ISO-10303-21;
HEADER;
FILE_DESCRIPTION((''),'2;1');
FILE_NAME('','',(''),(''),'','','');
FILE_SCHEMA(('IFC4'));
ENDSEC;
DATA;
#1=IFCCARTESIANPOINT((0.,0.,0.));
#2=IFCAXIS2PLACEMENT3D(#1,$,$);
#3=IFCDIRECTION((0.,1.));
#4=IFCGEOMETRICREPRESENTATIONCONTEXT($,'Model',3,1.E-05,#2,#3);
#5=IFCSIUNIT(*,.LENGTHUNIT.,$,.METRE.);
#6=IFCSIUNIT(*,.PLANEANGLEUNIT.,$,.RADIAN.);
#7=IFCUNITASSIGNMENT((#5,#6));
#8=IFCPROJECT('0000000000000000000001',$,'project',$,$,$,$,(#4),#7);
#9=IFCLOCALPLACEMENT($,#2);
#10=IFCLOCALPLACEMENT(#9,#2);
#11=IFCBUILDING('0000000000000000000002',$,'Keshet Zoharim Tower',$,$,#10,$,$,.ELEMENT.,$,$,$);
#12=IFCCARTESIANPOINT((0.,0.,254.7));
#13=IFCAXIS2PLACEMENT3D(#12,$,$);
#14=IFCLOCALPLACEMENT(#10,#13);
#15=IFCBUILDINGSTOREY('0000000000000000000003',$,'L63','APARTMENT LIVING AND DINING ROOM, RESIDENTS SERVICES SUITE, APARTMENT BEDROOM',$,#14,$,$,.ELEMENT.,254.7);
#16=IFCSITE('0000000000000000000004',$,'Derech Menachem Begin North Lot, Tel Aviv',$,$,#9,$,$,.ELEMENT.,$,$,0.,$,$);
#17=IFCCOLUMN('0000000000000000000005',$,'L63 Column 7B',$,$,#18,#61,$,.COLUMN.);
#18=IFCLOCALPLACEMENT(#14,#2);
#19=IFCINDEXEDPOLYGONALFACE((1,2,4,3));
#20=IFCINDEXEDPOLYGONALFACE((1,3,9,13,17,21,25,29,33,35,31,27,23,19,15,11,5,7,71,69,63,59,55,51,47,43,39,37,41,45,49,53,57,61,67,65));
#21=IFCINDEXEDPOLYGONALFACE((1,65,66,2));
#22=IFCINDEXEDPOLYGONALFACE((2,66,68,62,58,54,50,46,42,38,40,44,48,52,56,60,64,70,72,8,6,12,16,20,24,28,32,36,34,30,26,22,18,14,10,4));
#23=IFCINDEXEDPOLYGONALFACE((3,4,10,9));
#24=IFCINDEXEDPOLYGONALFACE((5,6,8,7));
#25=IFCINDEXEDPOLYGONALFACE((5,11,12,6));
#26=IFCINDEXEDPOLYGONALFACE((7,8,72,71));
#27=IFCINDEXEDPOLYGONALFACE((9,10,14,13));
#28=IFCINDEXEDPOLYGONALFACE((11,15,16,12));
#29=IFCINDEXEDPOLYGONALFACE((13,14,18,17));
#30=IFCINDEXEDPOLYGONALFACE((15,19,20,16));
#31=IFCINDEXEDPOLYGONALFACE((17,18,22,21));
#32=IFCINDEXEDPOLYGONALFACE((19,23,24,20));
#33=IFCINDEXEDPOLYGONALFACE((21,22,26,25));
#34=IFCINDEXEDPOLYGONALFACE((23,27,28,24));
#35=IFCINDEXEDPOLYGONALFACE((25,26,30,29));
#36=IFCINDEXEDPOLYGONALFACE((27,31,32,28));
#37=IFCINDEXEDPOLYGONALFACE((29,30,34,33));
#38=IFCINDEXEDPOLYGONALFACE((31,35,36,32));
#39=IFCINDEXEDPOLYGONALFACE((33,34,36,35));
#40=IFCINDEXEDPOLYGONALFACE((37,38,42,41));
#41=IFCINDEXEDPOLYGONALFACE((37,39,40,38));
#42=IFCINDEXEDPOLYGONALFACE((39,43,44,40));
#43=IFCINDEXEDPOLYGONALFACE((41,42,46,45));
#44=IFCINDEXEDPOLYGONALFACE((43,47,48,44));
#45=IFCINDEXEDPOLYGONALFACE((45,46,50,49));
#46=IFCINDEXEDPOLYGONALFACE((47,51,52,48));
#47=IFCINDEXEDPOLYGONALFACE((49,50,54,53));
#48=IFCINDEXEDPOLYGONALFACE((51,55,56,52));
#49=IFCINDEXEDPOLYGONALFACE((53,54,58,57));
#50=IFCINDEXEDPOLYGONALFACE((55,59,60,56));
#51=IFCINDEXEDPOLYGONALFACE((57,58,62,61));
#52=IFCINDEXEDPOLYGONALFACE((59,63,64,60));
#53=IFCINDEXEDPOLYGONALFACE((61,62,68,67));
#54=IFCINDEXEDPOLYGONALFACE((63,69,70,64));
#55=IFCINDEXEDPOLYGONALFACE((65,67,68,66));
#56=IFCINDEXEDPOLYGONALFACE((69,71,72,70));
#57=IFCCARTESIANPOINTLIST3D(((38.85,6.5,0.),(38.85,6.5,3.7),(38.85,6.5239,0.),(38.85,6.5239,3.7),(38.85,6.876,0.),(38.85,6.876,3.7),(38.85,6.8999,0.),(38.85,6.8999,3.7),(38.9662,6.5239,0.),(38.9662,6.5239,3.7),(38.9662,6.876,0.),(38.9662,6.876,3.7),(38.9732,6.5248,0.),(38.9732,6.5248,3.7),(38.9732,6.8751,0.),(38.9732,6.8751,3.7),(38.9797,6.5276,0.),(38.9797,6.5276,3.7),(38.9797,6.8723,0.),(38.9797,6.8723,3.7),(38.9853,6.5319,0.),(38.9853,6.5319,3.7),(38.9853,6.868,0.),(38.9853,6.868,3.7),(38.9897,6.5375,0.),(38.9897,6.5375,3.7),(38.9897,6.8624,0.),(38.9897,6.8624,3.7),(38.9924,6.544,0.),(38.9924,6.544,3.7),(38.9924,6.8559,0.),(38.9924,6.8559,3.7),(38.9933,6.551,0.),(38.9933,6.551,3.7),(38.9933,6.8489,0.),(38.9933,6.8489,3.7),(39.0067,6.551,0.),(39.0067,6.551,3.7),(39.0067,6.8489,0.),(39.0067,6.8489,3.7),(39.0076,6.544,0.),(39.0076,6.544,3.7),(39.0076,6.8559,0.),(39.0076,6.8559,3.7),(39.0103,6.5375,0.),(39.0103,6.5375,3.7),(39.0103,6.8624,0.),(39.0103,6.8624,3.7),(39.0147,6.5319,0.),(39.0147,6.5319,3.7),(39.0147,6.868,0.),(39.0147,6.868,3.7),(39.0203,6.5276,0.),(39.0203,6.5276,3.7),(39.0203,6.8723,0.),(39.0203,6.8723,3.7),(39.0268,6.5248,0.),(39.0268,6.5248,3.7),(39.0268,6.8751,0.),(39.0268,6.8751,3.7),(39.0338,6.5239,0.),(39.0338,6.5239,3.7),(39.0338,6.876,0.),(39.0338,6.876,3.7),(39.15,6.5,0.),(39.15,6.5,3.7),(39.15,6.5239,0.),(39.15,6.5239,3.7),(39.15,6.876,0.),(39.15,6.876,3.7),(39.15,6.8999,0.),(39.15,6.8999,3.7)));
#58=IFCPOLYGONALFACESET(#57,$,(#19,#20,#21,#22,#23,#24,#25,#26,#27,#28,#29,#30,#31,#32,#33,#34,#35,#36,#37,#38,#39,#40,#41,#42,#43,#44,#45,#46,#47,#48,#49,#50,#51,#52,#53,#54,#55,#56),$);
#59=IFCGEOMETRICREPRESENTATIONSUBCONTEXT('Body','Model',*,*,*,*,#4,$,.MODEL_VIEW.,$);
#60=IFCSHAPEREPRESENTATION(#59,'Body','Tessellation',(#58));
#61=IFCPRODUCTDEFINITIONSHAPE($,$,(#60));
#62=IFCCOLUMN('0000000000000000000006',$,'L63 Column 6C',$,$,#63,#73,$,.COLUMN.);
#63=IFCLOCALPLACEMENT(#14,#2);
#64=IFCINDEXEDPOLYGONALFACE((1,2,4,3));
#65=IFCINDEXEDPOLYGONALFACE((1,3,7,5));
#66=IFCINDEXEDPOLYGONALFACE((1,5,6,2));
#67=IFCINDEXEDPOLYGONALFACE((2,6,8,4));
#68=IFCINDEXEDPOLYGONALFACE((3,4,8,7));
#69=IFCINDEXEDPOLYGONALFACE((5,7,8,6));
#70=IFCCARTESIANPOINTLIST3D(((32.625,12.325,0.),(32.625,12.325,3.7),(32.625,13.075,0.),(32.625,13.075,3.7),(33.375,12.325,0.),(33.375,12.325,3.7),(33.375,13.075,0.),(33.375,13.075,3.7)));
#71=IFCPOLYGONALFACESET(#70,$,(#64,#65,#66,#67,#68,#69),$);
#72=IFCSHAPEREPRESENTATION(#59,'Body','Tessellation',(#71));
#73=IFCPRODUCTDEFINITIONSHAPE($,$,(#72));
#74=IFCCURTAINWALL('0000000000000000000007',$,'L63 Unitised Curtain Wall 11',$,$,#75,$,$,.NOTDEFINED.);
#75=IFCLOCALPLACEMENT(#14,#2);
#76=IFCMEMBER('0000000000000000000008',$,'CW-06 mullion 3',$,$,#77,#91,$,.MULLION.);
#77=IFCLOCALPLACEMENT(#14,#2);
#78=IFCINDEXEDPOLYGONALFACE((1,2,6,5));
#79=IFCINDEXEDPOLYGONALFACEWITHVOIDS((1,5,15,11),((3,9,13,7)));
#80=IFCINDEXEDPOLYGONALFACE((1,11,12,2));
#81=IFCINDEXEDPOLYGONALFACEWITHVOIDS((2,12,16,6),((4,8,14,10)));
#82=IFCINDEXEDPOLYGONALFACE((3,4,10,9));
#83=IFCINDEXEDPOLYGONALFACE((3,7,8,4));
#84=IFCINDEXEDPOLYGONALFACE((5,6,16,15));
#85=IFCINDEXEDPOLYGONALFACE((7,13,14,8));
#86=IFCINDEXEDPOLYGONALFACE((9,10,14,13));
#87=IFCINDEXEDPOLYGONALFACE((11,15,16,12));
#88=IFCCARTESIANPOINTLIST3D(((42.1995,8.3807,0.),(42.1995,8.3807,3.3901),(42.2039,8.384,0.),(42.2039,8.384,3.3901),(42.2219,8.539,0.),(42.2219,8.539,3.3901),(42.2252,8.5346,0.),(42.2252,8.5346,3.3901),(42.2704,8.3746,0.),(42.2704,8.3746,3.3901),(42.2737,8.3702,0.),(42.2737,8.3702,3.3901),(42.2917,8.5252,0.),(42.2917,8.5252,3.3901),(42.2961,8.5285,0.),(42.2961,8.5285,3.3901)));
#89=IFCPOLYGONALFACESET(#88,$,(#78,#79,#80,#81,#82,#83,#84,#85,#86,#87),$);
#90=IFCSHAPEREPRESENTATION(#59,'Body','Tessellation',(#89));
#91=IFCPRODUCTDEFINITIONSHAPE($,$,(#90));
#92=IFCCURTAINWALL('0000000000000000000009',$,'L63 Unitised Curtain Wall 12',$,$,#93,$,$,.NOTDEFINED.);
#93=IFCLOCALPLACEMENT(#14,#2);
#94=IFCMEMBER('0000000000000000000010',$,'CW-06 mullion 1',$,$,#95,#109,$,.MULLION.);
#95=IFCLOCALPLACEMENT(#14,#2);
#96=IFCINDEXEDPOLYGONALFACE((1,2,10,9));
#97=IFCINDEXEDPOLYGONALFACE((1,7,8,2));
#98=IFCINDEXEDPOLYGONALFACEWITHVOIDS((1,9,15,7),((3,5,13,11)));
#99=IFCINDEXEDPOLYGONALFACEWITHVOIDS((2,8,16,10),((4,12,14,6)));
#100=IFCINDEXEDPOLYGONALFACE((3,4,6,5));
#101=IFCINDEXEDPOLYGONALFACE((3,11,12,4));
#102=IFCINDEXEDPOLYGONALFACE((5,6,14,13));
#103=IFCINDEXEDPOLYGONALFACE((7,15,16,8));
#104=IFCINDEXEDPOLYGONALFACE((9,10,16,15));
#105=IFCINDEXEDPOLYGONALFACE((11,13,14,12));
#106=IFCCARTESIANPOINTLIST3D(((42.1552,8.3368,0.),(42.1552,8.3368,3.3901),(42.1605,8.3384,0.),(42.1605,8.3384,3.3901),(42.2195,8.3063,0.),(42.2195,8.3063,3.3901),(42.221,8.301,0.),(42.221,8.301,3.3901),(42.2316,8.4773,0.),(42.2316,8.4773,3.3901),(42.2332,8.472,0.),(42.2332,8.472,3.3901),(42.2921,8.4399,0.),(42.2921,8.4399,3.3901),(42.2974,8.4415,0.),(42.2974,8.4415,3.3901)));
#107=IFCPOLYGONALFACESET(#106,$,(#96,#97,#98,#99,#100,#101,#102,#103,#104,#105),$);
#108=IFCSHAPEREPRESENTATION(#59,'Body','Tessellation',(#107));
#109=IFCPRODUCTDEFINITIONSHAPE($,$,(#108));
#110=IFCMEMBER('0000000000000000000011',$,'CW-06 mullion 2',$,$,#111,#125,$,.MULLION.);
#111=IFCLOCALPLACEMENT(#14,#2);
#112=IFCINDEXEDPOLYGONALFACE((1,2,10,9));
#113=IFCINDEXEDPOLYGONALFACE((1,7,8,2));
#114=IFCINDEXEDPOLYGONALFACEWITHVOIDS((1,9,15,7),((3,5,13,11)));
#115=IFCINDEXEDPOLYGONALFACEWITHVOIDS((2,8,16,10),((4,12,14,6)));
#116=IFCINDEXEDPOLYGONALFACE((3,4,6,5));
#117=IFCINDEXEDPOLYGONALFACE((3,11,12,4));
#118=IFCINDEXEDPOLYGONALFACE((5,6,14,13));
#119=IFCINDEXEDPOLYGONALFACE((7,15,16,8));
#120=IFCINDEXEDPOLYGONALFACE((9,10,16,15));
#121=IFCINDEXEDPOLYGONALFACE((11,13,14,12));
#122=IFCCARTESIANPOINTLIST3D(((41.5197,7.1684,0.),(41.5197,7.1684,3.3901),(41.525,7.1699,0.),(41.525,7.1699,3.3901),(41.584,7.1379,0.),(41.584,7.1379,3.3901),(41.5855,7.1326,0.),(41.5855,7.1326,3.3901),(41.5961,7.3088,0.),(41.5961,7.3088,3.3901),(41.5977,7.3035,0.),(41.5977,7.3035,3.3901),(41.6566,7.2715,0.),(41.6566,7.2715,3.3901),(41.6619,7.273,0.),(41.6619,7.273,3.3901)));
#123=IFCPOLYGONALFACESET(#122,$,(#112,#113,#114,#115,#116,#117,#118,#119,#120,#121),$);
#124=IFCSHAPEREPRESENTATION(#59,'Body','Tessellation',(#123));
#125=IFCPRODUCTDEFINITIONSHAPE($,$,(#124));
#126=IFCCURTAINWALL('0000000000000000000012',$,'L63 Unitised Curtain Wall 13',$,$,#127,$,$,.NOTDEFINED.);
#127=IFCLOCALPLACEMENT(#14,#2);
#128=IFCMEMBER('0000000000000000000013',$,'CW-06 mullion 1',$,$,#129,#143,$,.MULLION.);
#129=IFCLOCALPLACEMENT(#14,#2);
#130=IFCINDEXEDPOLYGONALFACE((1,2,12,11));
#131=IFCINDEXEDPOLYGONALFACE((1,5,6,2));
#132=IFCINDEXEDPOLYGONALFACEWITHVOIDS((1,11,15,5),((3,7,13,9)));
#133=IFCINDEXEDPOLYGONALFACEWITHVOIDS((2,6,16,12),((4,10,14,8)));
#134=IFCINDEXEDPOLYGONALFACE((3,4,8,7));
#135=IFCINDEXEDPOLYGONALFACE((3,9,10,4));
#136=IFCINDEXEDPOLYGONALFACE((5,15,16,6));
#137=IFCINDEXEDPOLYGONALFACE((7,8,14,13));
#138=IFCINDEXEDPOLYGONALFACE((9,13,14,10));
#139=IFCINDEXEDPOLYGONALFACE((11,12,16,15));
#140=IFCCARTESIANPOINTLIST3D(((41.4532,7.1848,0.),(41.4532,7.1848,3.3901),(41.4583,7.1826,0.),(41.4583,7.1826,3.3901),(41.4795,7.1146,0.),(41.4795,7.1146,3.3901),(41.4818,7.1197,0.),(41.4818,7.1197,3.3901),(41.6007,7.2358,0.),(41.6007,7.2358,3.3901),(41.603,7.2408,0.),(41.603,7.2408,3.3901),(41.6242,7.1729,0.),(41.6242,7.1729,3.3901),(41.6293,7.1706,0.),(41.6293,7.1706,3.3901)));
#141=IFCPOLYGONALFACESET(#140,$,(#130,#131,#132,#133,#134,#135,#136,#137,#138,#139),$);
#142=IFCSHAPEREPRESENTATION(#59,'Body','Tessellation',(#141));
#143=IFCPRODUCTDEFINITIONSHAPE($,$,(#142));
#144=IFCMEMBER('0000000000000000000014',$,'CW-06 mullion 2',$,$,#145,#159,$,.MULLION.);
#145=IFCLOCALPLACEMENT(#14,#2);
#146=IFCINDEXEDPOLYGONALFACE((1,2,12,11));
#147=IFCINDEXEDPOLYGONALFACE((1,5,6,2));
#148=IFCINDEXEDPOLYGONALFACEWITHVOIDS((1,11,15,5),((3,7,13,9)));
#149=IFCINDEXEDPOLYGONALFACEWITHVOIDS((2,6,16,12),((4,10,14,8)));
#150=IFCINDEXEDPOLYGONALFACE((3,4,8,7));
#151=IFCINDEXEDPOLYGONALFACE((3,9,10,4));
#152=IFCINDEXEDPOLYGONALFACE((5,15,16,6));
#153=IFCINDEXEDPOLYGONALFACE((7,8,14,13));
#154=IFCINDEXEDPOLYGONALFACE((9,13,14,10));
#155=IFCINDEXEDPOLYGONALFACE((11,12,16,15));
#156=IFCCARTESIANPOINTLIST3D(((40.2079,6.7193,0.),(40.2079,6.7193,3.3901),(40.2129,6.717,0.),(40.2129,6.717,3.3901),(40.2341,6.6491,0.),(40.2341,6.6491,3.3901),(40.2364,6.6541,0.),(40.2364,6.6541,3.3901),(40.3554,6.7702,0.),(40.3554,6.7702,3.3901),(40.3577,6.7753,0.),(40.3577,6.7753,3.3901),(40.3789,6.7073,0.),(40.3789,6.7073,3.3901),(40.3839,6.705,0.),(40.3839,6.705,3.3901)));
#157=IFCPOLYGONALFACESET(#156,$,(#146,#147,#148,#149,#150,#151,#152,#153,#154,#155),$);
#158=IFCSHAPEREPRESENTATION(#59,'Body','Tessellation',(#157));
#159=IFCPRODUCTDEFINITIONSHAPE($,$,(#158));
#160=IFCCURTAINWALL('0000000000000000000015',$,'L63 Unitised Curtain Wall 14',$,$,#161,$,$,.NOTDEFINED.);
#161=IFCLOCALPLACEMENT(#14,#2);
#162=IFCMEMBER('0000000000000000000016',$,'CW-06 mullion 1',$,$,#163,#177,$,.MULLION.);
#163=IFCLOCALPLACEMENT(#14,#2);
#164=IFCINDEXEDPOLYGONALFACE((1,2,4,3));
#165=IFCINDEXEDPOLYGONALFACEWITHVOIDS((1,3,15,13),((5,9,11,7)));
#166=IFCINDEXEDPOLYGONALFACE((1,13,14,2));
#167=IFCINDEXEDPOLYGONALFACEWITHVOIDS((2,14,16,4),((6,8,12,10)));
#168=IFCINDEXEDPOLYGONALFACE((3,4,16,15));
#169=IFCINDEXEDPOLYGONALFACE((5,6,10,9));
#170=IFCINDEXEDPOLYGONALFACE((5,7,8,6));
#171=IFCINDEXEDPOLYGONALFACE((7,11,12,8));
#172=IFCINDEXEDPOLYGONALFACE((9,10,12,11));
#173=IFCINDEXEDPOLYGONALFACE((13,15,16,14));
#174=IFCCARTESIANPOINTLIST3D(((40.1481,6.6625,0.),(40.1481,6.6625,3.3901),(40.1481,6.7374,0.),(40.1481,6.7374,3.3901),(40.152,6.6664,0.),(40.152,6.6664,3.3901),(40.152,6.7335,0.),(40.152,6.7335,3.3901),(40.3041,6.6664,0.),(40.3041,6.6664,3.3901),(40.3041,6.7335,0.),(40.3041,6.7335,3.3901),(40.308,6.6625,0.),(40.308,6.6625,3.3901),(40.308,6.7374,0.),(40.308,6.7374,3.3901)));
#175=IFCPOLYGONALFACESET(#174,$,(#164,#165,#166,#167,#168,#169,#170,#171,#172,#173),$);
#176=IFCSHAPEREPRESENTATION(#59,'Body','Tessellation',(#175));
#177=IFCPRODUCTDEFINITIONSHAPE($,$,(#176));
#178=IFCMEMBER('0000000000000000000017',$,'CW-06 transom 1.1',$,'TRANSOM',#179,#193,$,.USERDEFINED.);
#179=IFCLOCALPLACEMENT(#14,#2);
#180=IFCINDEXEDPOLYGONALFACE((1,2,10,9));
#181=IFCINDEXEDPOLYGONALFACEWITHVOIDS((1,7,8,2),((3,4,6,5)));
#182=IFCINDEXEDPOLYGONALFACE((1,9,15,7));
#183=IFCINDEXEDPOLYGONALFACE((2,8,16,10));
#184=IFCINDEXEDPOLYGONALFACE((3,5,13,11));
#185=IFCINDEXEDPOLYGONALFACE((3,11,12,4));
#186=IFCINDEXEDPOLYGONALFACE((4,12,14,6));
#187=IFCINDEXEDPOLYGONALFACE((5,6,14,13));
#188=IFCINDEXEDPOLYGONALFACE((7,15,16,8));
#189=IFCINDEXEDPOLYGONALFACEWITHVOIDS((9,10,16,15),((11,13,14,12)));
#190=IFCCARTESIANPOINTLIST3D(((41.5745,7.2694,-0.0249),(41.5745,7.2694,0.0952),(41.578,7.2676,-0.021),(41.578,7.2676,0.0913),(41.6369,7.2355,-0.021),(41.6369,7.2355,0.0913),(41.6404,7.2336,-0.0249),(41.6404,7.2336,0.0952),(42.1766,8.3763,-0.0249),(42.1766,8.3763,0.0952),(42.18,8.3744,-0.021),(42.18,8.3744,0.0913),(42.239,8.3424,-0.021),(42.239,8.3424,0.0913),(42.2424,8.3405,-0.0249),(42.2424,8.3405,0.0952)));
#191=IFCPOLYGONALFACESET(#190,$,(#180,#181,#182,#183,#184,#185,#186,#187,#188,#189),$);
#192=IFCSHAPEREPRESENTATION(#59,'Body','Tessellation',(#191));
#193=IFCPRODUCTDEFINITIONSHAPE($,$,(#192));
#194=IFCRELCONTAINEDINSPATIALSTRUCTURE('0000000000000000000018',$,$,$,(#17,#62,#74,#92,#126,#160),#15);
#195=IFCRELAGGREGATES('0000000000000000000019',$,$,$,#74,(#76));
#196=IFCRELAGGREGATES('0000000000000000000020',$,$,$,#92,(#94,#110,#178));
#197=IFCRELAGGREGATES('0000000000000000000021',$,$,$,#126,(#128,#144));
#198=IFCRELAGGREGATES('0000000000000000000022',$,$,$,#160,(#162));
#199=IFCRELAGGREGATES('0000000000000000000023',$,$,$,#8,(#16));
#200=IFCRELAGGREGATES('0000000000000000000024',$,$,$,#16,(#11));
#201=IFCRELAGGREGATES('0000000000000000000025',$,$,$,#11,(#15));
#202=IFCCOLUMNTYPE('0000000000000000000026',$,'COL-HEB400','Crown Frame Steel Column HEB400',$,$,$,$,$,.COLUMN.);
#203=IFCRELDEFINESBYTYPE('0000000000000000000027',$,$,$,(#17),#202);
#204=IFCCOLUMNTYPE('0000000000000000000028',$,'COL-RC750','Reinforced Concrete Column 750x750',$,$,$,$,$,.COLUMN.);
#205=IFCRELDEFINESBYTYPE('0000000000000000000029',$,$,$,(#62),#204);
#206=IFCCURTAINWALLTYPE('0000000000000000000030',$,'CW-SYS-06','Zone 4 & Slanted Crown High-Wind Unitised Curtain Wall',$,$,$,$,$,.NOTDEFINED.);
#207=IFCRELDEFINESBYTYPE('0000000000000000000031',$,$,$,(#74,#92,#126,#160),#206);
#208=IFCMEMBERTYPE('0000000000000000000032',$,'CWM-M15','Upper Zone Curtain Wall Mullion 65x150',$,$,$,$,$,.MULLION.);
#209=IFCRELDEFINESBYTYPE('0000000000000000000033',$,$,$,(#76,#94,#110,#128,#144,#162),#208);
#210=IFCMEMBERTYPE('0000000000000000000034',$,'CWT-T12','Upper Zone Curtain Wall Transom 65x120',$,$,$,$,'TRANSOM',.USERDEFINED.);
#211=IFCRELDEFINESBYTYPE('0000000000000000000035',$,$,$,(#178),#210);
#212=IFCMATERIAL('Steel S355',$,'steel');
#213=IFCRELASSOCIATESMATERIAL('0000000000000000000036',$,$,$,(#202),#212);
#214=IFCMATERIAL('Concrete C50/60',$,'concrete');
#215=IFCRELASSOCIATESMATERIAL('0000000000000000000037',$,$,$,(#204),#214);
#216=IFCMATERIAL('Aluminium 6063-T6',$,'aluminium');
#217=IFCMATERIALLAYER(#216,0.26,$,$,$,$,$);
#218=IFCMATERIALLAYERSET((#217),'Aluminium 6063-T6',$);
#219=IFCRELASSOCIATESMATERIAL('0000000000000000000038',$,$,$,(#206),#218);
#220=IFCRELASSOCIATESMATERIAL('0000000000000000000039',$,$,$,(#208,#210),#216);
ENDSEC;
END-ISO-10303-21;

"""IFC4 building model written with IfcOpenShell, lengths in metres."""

from ifc_helpers import new_model, si_unit, direction, frame, origin, origin_2d, place, context, subcontext, project, spatial, rectangle, hollow_rectangle, i_section, extrude, material, layer, layer_set, material_profile, profile_set, type_object, element, aggregate, save


model = new_model("IFC4")

# Units and contexts
model_context = context("Model", 3, precision=1e-05, world=origin(), true_north=direction((0.0, 1.0)))
body_context = subcontext(model_context, "Body", "Model", "MODEL_VIEW")
ifc_project = project(units=[si_unit("LENGTHUNIT", "METRE"), si_unit("PLANEANGLEUNIT", "RADIAN")], contexts=[model_context])

# Site, building, storey
site_placement = place(None, origin())
site = spatial("IfcSite", under=ifc_project, at=site_placement, Name="Derech Menachem Begin North Lot, Tel Aviv", CompositionType="ELEMENT", RefElevation=0.0)
building_placement = place(site_placement, origin())
building = spatial("IfcBuilding", under=site, at=building_placement, Name="Keshet Zoharim Tower", CompositionType="ELEMENT")
storey_placement = place(building_placement, frame((0.0, 0.0, 254.7)))
storey = spatial("IfcBuildingStorey", under=building, at=storey_placement, Name="L63", Description="APARTMENT LIVING AND DINING ROOM, RESIDENTS SERVICES SUITE, APARTMENT BEDROOM", CompositionType="ELEMENT", Elevation=254.7)

# Columns
ifc_material_1 = material(Name="Steel S355", Category="steel")
ifc_material_profile_1 = material_profile(ifc_material_1, i_section(OverallWidth=0.3, OverallDepth=0.3999, WebThickness=0.0134, FlangeThickness=0.0239, FilletRadius=0.0271, at=origin_2d()), Name="HEB400")
ifc_profile_set_1 = profile_set([ifc_material_profile_1], Name="Steel S355")
column_type_1 = type_object("IfcColumnType", Name="COL-HEB400", Description="Crown Frame Steel Column HEB400", PredefinedType="COLUMN", material=ifc_profile_set_1)
column_1_placement = place(storey_placement, frame((39.0, 6.7, 0.0), z_axis=(0.0, 0.0, 1.0), x_axis=(1.0, 0.0, 0.0)))
element("IfcColumn", 1, at=column_1_placement, inside=storey, type_object=column_type_1, Name="L63 Column 7B", PredefinedType="COLUMN", context=body_context, shape_type="SweptSolid", body=[
    extrude(i_section(OverallWidth=0.3, OverallDepth=0.3999, WebThickness=0.0134, FlangeThickness=0.0239, FilletRadius=0.0271, at=origin_2d()), origin(), (0.0, 0.0, 1.0), 3.7),
])
ifc_material_2 = material(Name="Concrete C50/60", Category="concrete")
ifc_material_profile_2 = material_profile(ifc_material_2, rectangle(XDim=0.75, YDim=0.75, at=origin_2d()), Name="RC750x750")
ifc_profile_set_2 = profile_set([ifc_material_profile_2], Name="Concrete C50/60")
column_type_2 = type_object("IfcColumnType", Name="COL-RC750", Description="Reinforced Concrete Column 750x750", PredefinedType="COLUMN", material=ifc_profile_set_2)
column_2_placement = place(storey_placement, frame((33.0, 12.7, 0.0), z_axis=(0.0, 0.0, 1.0), x_axis=(1.0, 0.0, 0.0)))
element("IfcColumn", 2, at=column_2_placement, inside=storey, type_object=column_type_2, Name="L63 Column 6C", PredefinedType="COLUMN", context=body_context, shape_type="SweptSolid", body=[
    extrude(rectangle(XDim=0.75, YDim=0.75, at=origin_2d()), origin(), (0.0, 0.0, 1.0), 3.7),
])

# Curtain wall, member
ifc_material_3 = material(Name="Aluminium 6063-T6", Category="aluminium")
ifc_layer_1 = layer(ifc_material_3, 0.26)
ifc_layer_set_1 = layer_set([ifc_layer_1], Name="Aluminium 6063-T6")
curtain_wall_type = type_object("IfcCurtainWallType", Name="CW-SYS-06", Description="Zone 4 & Slanted Crown High-Wind Unitised Curtain Wall", PredefinedType="NOTDEFINED", material=ifc_layer_set_1)
curtain_wall_1_placement = place(storey_placement, origin())
curtain_wall_1 = element("IfcCurtainWall", 3, at=curtain_wall_1_placement, inside=storey, type_object=curtain_wall_type, Name="L63 Unitised Curtain Wall 11", PredefinedType="NOTDEFINED")
ifc_material_profile_3 = material_profile(ifc_material_3, hollow_rectangle(XDim=0.075, YDim=0.1599, WallThickness=0.0039, at=origin_2d()), Name="MUL-75x160")
ifc_profile_set_3 = profile_set([ifc_material_profile_3], Name="Aluminium 6063-T6")
member_type_1 = type_object("IfcMemberType", Name="CWM-M15", Description="Upper Zone Curtain Wall Mullion 65x150", PredefinedType="MULLION", material=ifc_profile_set_3)
member_1_placement = place(storey_placement, frame((42.2478, 8.4546, 0.0), z_axis=(0.0, 0.0, 1.0), x_axis=(0.990132, -0.140137, 0.0)))
member_1 = element("IfcMember", 4, at=member_1_placement, type_object=member_type_1, Name="CW-06 mullion 3", PredefinedType="MULLION", context=body_context, shape_type="SweptSolid", body=[
    extrude(hollow_rectangle(XDim=0.075, YDim=0.1599, WallThickness=0.0039, at=origin_2d()), origin(), (0.0, 0.0, 1.0), 3.3901),
])
aggregate(curtain_wall_1, [member_1])

# Curtain walls, members
curtain_wall_2_placement = place(storey_placement, origin())
curtain_wall_2 = element("IfcCurtainWall", 5, at=curtain_wall_2_placement, inside=storey, type_object=curtain_wall_type, Name="L63 Unitised Curtain Wall 12", PredefinedType="NOTDEFINED")
member_2_placement = place(storey_placement, frame((42.2263, 8.3892, 0.0), z_axis=(0.0, 0.0, 1.0), x_axis=(0.878468, -0.477801, 0.0)))
member_2 = element("IfcMember", 6, at=member_2_placement, type_object=member_type_1, Name="CW-06 mullion 1", PredefinedType="MULLION", context=body_context, shape_type="SweptSolid", body=[
    extrude(hollow_rectangle(XDim=0.075, YDim=0.1599, WallThickness=0.0039, at=origin_2d()), origin(), (0.0, 0.0, 1.0), 3.3901),
])
member_3_placement = place(storey_placement, frame((41.5908, 7.2207, 0.0), z_axis=(0.0, 0.0, 1.0), x_axis=(0.878468, -0.477801, 0.0)))
member_3 = element("IfcMember", 7, at=member_3_placement, type_object=member_type_1, Name="CW-06 mullion 2", PredefinedType="MULLION", context=body_context, shape_type="SweptSolid", body=[
    extrude(hollow_rectangle(XDim=0.075, YDim=0.1599, WallThickness=0.0039, at=origin_2d()), origin(), (0.0, 0.0, 1.0), 3.3901),
])
curtain_wall_3_placement = place(storey_placement, origin())
curtain_wall_3 = element("IfcCurtainWall", 8, at=curtain_wall_3_placement, inside=storey, type_object=curtain_wall_type, Name="L63 Unitised Curtain Wall 13", PredefinedType="NOTDEFINED")
member_4_placement = place(storey_placement, frame((41.5413, 7.1777, 0.0), z_axis=(0.0, 0.0, 1.0), x_axis=(0.350105, -0.93671, 0.0)))
member_4 = element("IfcMember", 9, at=member_4_placement, type_object=member_type_1, Name="CW-06 mullion 1", PredefinedType="MULLION", context=body_context, shape_type="SweptSolid", body=[
    extrude(hollow_rectangle(XDim=0.075, YDim=0.1599, WallThickness=0.0039, at=origin_2d()), origin(), (0.0, 0.0, 1.0), 3.3901),
])
member_5_placement = place(storey_placement, frame((40.2959, 6.7122, 0.0), z_axis=(0.0, 0.0, 1.0), x_axis=(0.350105, -0.93671, 0.0)))
member_5 = element("IfcMember", 10, at=member_5_placement, type_object=member_type_1, Name="CW-06 mullion 2", PredefinedType="MULLION", context=body_context, shape_type="SweptSolid", body=[
    extrude(hollow_rectangle(XDim=0.075, YDim=0.1599, WallThickness=0.0039, at=origin_2d()), origin(), (0.0, 0.0, 1.0), 3.3901),
])

# Curtain wall, member
curtain_wall_4_placement = place(storey_placement, origin())
curtain_wall_4 = element("IfcCurtainWall", 11, at=curtain_wall_4_placement, inside=storey, type_object=curtain_wall_type, Name="L63 Unitised Curtain Wall 14", PredefinedType="NOTDEFINED")
member_6_placement = place(storey_placement, frame((40.228, 6.7, 0.0), z_axis=(0.0, 0.0, 1.0), x_axis=(0.0, -1.0, 0.0)))
member_6 = element("IfcMember", 12, at=member_6_placement, type_object=member_type_1, Name="CW-06 mullion 1", PredefinedType="MULLION", context=body_context, shape_type="SweptSolid", body=[
    extrude(hollow_rectangle(XDim=0.075, YDim=0.1599, WallThickness=0.0039, at=origin_2d()), origin(), (0.0, 0.0, 1.0), 3.3901),
])

# Member
ifc_material_profile_4 = material_profile(ifc_material_3, hollow_rectangle(XDim=0.075, YDim=0.1201, WallThickness=0.0039, at=origin_2d()), Name="TRN-75x120")
ifc_profile_set_4 = profile_set([ifc_material_profile_4], Name="Aluminium 6063-T6")
member_type_2 = type_object("IfcMemberType", Name="CWT-T12", Description="Upper Zone Curtain Wall Transom 65x120", ElementType="TRANSOM", PredefinedType="USERDEFINED", material=ifc_profile_set_4)
member_7_placement = place(storey_placement, frame((42.2095, 8.3584, 0.0352), z_axis=(-0.477793, -0.878472, 0.0), x_axis=(0.878472, -0.477793, 0.0)))
member_7 = element("IfcMember", 13, at=member_7_placement, type_object=member_type_2, Name="CW-06 transom 1.1", ObjectType="TRANSOM", PredefinedType="USERDEFINED", context=body_context, shape_type="SweptSolid", body=[
    extrude(hollow_rectangle(XDim=0.075, YDim=0.1201, WallThickness=0.0039, at=origin_2d()), origin(), (0.0, 0.0, 1.0), 1.26),
])

aggregate(curtain_wall_2, [member_2, member_3, member_7])
aggregate(curtain_wall_3, [member_4, member_5])
aggregate(curtain_wall_4, [member_6])

save(model, "model.ifc")
